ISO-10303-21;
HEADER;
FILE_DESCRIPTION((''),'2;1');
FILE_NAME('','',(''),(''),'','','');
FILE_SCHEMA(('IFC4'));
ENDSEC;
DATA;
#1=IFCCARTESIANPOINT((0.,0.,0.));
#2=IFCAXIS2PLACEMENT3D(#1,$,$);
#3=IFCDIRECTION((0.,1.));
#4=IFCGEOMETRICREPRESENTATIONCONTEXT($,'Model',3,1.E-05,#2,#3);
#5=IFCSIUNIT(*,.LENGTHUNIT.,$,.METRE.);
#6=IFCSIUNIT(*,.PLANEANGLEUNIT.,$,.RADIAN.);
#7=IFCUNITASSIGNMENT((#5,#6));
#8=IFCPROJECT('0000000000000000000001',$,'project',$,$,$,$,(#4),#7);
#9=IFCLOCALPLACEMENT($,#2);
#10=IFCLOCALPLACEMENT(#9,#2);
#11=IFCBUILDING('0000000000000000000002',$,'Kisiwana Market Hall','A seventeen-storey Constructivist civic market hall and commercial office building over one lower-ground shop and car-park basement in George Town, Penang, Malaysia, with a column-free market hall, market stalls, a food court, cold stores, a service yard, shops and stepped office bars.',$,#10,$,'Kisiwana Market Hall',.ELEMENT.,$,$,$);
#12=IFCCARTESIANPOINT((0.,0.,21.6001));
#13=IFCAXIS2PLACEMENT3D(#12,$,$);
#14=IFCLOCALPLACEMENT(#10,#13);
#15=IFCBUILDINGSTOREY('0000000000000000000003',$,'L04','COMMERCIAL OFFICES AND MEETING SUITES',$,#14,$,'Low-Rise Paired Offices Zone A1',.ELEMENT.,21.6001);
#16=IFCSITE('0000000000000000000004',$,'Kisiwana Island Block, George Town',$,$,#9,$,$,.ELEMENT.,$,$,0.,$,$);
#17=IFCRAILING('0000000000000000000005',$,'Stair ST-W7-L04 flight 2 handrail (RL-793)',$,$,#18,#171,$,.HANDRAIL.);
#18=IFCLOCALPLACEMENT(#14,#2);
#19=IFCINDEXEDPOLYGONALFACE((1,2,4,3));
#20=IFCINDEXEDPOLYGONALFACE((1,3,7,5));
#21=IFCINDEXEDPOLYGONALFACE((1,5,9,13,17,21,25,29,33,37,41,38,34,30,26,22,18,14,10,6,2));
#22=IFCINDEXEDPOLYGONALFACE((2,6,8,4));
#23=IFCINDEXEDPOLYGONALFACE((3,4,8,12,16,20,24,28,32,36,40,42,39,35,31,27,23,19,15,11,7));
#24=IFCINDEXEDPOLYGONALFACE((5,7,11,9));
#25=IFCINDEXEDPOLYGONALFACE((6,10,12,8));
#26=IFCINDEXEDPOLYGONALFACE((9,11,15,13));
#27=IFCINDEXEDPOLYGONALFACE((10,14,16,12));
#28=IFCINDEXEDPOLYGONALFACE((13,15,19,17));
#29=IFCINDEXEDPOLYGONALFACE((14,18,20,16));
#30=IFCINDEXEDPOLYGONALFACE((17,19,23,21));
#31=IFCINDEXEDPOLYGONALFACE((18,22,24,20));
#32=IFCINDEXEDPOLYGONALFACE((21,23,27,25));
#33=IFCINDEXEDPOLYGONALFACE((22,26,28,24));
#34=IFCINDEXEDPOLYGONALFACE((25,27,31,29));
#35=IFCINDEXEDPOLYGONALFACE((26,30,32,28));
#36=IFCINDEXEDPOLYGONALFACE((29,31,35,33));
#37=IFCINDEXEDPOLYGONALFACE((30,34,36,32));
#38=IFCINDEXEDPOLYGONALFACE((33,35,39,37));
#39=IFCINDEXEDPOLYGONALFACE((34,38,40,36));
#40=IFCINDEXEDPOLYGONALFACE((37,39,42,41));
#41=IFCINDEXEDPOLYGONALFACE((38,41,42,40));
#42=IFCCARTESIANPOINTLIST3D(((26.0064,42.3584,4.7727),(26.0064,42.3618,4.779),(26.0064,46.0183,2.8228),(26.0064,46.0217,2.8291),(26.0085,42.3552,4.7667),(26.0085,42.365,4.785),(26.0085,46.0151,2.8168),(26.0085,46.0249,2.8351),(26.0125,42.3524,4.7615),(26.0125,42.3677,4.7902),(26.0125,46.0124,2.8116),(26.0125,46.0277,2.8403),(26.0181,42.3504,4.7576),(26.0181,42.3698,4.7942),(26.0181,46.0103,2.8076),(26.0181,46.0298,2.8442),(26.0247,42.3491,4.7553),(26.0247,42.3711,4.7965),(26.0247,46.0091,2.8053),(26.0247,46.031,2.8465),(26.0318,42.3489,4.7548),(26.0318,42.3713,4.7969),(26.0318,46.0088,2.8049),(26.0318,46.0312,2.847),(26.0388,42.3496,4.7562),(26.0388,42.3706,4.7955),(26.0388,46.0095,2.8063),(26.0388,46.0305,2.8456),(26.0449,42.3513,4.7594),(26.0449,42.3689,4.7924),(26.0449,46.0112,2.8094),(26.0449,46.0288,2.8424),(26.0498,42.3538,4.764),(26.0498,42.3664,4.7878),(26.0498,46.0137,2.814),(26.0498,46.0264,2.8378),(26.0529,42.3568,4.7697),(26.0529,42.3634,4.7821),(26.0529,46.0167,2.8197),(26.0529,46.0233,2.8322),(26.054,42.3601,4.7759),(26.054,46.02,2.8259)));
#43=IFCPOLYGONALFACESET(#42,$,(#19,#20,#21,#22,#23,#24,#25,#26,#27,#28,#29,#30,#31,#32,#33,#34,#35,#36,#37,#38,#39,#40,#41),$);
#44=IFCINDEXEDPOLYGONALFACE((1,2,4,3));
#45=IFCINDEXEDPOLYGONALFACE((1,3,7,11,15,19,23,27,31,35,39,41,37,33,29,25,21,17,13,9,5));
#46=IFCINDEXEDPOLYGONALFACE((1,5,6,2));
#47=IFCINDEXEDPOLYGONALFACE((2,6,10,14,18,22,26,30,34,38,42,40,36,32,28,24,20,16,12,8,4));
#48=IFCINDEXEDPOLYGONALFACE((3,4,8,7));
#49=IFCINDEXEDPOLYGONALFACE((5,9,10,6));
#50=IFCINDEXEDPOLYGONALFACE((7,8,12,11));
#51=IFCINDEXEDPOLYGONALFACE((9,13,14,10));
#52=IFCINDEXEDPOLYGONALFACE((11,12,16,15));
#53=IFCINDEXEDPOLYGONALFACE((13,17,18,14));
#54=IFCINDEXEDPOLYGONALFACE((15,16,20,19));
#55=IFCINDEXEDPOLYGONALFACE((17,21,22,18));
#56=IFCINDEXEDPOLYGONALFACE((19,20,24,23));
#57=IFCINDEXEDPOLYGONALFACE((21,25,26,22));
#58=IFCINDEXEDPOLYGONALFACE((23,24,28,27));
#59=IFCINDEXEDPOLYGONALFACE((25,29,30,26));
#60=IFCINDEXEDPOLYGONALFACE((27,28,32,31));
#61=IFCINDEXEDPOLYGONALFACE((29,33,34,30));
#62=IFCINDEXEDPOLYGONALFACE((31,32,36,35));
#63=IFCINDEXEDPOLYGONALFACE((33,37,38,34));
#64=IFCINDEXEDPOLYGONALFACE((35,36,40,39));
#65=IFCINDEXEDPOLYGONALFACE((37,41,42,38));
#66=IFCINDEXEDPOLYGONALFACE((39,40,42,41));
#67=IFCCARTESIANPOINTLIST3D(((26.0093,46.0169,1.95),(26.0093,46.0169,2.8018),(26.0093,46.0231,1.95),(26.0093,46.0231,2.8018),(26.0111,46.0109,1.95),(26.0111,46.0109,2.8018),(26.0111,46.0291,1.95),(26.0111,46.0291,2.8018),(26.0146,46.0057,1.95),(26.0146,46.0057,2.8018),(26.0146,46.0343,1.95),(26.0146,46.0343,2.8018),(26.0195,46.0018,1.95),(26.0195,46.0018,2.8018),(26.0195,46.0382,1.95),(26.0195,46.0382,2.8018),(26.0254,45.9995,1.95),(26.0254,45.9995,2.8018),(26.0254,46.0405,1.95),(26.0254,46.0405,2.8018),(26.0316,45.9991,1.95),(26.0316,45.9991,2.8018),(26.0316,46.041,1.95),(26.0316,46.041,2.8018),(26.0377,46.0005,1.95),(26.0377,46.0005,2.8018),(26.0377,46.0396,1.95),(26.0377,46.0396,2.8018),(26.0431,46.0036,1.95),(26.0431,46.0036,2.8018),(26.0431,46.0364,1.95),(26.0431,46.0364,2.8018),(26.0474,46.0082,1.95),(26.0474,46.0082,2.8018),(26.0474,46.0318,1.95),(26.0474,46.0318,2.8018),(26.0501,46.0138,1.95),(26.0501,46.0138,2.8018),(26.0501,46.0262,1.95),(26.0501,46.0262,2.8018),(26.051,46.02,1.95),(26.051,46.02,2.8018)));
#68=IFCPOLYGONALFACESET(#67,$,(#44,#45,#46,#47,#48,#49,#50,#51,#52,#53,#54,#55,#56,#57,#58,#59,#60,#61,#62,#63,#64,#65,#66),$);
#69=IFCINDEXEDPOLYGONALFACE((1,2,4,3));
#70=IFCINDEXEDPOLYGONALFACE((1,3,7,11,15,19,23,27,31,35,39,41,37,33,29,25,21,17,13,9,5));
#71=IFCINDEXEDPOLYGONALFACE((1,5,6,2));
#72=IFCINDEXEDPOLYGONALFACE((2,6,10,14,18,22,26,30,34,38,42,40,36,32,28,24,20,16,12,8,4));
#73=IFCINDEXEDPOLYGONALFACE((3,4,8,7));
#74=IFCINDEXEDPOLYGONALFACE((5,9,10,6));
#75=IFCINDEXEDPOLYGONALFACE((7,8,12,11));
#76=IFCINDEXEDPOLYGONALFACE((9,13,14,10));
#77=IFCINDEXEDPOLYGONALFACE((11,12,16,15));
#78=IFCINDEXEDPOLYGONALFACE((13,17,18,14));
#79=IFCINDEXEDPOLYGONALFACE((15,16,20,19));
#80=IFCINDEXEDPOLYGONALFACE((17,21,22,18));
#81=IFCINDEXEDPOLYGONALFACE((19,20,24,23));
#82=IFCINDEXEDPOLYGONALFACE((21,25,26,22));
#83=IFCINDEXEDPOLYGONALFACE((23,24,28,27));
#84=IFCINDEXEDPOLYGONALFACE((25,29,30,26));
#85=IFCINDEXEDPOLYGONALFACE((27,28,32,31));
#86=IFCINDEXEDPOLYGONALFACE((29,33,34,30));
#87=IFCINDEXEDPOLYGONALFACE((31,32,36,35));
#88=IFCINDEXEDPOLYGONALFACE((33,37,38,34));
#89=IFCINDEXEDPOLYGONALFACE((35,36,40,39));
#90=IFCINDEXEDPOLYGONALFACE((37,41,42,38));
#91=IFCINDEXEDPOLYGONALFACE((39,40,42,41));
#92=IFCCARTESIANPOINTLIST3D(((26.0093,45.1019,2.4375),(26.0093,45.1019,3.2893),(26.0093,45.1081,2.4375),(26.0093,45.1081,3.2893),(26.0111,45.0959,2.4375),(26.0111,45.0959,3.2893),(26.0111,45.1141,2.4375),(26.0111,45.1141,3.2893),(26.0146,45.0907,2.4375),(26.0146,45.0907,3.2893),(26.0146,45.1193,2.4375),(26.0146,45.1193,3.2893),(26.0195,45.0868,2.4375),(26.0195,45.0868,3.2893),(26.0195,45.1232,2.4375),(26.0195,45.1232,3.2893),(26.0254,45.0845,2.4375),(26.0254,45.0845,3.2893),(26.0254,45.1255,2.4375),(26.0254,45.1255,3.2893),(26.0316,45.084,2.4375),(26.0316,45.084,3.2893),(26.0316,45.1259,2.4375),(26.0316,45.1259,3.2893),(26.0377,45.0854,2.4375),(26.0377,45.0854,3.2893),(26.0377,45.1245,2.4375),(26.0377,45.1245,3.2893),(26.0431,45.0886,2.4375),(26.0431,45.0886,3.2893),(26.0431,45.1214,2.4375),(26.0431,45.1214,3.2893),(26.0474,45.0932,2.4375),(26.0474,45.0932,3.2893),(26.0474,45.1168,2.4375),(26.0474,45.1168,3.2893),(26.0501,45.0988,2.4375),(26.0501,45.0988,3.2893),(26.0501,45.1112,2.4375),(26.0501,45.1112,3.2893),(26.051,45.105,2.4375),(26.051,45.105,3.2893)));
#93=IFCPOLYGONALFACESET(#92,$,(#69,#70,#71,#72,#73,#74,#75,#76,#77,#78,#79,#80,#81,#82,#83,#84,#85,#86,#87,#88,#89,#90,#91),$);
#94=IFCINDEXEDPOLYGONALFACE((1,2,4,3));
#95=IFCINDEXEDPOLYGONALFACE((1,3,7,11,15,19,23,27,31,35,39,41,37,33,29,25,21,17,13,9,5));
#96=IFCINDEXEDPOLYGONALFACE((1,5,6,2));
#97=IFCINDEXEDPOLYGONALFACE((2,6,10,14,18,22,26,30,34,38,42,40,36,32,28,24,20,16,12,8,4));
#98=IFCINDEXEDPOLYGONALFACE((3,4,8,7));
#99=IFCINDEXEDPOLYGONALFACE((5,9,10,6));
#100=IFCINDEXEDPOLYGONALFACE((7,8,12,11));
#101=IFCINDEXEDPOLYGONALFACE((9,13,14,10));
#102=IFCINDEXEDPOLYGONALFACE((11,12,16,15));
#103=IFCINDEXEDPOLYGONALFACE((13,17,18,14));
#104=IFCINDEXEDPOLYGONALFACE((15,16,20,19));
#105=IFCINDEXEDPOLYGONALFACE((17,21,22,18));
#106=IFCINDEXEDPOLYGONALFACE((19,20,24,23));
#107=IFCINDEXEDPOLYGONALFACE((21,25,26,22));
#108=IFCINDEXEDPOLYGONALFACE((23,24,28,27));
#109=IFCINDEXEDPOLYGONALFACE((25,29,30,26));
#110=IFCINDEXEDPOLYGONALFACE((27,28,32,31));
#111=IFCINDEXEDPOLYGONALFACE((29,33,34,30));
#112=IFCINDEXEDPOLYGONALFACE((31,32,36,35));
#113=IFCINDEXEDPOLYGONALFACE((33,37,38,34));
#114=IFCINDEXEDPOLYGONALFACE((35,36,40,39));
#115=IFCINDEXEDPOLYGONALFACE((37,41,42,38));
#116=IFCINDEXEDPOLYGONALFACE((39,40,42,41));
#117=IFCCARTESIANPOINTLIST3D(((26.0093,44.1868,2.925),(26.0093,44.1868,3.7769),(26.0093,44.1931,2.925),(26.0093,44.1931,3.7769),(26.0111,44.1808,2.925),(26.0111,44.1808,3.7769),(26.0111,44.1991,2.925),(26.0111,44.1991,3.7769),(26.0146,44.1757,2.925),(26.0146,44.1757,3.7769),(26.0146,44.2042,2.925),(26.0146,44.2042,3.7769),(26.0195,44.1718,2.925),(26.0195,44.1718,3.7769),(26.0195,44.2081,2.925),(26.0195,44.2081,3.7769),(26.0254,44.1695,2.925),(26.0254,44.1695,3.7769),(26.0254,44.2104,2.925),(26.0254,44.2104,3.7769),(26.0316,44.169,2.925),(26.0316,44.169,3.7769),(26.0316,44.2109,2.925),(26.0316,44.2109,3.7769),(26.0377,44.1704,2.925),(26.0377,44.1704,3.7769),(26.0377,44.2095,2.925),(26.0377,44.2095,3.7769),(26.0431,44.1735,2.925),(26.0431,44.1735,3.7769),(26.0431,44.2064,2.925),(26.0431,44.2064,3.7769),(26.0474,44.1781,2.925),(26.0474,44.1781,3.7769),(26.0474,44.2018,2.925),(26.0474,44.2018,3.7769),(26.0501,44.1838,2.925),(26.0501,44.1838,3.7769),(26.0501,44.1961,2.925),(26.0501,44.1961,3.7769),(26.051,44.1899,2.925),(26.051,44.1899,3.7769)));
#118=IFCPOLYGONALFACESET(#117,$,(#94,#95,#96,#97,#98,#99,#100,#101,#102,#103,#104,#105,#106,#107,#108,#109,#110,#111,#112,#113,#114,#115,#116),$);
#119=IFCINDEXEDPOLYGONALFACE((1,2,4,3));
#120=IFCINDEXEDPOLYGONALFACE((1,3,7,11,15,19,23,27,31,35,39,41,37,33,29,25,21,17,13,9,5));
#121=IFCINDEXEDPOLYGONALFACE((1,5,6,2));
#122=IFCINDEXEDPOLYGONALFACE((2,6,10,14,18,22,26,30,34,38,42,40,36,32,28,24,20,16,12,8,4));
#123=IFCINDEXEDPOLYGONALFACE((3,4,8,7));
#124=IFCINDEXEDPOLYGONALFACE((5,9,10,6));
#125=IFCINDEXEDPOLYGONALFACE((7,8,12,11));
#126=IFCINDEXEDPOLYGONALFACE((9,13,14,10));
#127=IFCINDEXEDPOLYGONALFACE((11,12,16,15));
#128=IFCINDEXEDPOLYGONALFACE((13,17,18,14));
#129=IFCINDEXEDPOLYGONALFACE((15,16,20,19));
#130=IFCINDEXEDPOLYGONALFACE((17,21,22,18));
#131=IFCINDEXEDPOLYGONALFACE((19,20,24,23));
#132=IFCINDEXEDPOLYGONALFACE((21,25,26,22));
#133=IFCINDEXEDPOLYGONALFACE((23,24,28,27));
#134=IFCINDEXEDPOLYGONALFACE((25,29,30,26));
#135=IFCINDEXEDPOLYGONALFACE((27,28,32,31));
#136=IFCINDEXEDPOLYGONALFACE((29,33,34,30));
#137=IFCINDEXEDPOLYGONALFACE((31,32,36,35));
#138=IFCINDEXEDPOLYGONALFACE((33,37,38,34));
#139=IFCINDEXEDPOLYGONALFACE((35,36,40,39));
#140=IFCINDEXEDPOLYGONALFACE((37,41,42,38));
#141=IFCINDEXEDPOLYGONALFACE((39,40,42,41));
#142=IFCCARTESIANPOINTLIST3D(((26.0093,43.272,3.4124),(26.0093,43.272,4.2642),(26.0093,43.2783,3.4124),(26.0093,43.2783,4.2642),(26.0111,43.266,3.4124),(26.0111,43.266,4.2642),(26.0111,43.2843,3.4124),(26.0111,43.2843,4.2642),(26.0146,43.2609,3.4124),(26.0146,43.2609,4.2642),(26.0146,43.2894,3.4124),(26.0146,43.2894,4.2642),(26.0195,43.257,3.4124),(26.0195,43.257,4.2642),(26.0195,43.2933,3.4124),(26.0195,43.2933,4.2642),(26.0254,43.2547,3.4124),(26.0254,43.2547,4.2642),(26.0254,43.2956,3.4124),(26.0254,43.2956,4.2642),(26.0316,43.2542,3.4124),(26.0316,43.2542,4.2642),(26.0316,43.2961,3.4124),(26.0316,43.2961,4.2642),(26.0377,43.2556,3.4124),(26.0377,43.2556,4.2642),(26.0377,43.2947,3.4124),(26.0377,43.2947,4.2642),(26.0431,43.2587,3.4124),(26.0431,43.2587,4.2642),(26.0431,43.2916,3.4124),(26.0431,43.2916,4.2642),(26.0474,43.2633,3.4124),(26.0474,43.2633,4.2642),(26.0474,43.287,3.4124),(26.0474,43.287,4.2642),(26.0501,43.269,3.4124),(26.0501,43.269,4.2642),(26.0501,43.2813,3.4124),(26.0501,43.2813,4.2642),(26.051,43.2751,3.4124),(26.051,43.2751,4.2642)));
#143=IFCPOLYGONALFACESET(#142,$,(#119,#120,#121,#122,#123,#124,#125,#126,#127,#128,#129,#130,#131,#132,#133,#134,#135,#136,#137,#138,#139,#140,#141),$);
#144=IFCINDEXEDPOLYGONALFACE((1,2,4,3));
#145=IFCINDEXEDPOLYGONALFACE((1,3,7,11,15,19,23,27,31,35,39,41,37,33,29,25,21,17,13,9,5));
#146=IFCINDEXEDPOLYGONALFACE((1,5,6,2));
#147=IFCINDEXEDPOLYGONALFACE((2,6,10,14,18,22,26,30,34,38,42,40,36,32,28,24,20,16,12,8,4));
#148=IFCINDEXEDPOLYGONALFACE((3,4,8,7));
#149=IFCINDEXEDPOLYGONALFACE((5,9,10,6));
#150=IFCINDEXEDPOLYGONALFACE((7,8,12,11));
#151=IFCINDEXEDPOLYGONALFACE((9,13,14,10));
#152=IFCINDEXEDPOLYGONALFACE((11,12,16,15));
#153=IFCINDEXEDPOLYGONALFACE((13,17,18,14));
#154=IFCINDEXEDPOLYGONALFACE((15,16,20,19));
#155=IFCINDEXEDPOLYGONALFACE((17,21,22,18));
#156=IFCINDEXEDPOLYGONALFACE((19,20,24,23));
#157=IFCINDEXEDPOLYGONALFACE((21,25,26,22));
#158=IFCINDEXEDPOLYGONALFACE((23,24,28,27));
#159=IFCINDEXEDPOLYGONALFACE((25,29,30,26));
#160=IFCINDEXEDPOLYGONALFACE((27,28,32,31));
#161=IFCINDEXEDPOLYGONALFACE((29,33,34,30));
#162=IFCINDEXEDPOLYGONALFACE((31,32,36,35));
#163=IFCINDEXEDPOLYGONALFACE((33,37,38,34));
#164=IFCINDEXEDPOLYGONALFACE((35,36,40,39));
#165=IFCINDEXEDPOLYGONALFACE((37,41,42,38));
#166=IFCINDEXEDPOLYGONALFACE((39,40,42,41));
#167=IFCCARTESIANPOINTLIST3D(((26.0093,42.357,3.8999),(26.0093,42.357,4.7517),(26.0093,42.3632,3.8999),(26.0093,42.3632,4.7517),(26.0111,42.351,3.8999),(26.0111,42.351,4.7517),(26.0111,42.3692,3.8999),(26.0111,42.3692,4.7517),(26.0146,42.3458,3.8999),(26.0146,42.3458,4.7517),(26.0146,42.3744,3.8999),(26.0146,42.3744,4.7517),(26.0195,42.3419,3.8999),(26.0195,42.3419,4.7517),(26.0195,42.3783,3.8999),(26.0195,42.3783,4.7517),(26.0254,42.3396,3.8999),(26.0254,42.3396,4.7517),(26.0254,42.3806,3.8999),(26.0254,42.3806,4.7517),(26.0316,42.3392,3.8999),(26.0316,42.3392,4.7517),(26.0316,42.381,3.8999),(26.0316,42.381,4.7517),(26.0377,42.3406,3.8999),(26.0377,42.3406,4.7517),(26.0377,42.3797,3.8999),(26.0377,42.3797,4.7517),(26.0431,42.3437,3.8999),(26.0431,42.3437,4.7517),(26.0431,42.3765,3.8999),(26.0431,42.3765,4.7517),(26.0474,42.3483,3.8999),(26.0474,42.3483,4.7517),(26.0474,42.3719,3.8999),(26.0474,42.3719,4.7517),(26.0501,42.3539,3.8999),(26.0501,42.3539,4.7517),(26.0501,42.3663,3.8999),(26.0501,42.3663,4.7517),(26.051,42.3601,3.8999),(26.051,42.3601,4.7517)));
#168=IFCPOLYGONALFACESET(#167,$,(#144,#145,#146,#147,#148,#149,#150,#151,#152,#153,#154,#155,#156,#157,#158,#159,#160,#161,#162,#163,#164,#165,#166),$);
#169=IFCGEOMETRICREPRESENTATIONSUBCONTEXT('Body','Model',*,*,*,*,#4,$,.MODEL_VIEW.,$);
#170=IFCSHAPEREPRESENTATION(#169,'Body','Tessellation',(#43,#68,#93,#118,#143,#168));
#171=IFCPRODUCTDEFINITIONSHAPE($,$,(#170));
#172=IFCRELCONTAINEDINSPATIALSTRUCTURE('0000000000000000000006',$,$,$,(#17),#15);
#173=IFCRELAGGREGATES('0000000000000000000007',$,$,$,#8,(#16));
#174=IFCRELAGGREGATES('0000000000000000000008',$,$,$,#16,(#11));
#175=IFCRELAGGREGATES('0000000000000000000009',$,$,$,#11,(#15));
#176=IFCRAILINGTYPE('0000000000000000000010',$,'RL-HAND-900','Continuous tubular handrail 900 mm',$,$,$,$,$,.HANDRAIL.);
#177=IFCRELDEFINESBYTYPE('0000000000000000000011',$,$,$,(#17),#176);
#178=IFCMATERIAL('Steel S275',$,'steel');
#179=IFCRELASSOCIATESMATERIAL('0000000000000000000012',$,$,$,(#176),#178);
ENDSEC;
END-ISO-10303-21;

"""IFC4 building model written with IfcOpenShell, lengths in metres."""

from ifc_helpers import new_model, si_unit, direction, frame, origin, origin_2d, place, context, subcontext, project, spatial, circle, extrude, material, type_object, element, save


model = new_model("IFC4")

# Units and contexts
model_context = context("Model", 3, precision=1e-05, world=origin(), true_north=direction((0.0, 1.0)))
body_context = subcontext(model_context, "Body", "Model", "MODEL_VIEW")
ifc_project = project(units=[si_unit("LENGTHUNIT", "METRE"), si_unit("PLANEANGLEUNIT", "RADIAN")], contexts=[model_context])

# Site, building, storey
site_placement = place(None, origin())
site = spatial("IfcSite", under=ifc_project, at=site_placement, Name="Kisiwana Island Block, George Town", CompositionType="ELEMENT", RefElevation=0.0)
building_placement = place(site_placement, origin())
building = spatial("IfcBuilding", under=site, at=building_placement, Name="Kisiwana Market Hall", Description="A seventeen-storey Constructivist civic market hall and commercial office building over one lower-ground shop and car-park basement in George Town, Penang, Malaysia, with a column-free market hall, market stalls, a food court, cold stores, a service yard, shops and stepped office bars.", LongName="Kisiwana Market Hall", CompositionType="ELEMENT")
storey_placement = place(building_placement, frame((0.0, 0.0, 21.6001)))
storey = spatial("IfcBuildingStorey", under=building, at=storey_placement, Name="L04", Description="COMMERCIAL OFFICES AND MEETING SUITES", LongName="Low-Rise Paired Offices Zone A1", CompositionType="ELEMENT", Elevation=21.6001)

# Railing
ifc_material_1 = material(Name="Steel S275", Category="steel")
railing_type_1 = type_object("IfcRailingType", Name="RL-HAND-900", Description="Continuous tubular handrail 900 mm", PredefinedType="HANDRAIL", material=ifc_material_1)
for number, where, name in (
    (1, (26.03, 46.02, 1.95), "Stair ST-W7-L04 flight 2 handrail (RL-793)"),
):
    element("IfcRailing", number, at=place(storey_placement, frame(where)), inside=storey, type_object=railing_type_1, Name=name, PredefinedType="HANDRAIL", context=body_context, shape_type="SweptSolid", body=[
        extrude(circle(Radius=0.0239, at=origin_2d()), frame((0.0, 0.0, 0.876), z_axis=(0.0, -0.882553, 0.470212), x_axis=(1.0, 0.0, 0.0)), (0.0, 0.0, 1.0), 4.147),
        extrude(circle(Radius=0.021, at=origin_2d()), origin(), (0.0, 0.0, 1.0), 0.8518),
        extrude(circle(Radius=0.021, at=origin_2d()), frame((0.0, -0.915, 0.4875)), (0.0, 0.0, 1.0), 0.8518),
        extrude(circle(Radius=0.021, at=origin_2d()), frame((0.0, -1.8301, 0.9751)), (0.0, 0.0, 1.0), 0.8518),
        extrude(circle(Radius=0.021, at=origin_2d()), frame((0.0, -2.7449, 1.4624)), (0.0, 0.0, 1.0), 0.8518),
        extrude(circle(Radius=0.021, at=origin_2d()), frame((0.0, -3.6599, 1.95)), (0.0, 0.0, 1.0), 0.8518),
    ])

save(model, "model.ifc")
